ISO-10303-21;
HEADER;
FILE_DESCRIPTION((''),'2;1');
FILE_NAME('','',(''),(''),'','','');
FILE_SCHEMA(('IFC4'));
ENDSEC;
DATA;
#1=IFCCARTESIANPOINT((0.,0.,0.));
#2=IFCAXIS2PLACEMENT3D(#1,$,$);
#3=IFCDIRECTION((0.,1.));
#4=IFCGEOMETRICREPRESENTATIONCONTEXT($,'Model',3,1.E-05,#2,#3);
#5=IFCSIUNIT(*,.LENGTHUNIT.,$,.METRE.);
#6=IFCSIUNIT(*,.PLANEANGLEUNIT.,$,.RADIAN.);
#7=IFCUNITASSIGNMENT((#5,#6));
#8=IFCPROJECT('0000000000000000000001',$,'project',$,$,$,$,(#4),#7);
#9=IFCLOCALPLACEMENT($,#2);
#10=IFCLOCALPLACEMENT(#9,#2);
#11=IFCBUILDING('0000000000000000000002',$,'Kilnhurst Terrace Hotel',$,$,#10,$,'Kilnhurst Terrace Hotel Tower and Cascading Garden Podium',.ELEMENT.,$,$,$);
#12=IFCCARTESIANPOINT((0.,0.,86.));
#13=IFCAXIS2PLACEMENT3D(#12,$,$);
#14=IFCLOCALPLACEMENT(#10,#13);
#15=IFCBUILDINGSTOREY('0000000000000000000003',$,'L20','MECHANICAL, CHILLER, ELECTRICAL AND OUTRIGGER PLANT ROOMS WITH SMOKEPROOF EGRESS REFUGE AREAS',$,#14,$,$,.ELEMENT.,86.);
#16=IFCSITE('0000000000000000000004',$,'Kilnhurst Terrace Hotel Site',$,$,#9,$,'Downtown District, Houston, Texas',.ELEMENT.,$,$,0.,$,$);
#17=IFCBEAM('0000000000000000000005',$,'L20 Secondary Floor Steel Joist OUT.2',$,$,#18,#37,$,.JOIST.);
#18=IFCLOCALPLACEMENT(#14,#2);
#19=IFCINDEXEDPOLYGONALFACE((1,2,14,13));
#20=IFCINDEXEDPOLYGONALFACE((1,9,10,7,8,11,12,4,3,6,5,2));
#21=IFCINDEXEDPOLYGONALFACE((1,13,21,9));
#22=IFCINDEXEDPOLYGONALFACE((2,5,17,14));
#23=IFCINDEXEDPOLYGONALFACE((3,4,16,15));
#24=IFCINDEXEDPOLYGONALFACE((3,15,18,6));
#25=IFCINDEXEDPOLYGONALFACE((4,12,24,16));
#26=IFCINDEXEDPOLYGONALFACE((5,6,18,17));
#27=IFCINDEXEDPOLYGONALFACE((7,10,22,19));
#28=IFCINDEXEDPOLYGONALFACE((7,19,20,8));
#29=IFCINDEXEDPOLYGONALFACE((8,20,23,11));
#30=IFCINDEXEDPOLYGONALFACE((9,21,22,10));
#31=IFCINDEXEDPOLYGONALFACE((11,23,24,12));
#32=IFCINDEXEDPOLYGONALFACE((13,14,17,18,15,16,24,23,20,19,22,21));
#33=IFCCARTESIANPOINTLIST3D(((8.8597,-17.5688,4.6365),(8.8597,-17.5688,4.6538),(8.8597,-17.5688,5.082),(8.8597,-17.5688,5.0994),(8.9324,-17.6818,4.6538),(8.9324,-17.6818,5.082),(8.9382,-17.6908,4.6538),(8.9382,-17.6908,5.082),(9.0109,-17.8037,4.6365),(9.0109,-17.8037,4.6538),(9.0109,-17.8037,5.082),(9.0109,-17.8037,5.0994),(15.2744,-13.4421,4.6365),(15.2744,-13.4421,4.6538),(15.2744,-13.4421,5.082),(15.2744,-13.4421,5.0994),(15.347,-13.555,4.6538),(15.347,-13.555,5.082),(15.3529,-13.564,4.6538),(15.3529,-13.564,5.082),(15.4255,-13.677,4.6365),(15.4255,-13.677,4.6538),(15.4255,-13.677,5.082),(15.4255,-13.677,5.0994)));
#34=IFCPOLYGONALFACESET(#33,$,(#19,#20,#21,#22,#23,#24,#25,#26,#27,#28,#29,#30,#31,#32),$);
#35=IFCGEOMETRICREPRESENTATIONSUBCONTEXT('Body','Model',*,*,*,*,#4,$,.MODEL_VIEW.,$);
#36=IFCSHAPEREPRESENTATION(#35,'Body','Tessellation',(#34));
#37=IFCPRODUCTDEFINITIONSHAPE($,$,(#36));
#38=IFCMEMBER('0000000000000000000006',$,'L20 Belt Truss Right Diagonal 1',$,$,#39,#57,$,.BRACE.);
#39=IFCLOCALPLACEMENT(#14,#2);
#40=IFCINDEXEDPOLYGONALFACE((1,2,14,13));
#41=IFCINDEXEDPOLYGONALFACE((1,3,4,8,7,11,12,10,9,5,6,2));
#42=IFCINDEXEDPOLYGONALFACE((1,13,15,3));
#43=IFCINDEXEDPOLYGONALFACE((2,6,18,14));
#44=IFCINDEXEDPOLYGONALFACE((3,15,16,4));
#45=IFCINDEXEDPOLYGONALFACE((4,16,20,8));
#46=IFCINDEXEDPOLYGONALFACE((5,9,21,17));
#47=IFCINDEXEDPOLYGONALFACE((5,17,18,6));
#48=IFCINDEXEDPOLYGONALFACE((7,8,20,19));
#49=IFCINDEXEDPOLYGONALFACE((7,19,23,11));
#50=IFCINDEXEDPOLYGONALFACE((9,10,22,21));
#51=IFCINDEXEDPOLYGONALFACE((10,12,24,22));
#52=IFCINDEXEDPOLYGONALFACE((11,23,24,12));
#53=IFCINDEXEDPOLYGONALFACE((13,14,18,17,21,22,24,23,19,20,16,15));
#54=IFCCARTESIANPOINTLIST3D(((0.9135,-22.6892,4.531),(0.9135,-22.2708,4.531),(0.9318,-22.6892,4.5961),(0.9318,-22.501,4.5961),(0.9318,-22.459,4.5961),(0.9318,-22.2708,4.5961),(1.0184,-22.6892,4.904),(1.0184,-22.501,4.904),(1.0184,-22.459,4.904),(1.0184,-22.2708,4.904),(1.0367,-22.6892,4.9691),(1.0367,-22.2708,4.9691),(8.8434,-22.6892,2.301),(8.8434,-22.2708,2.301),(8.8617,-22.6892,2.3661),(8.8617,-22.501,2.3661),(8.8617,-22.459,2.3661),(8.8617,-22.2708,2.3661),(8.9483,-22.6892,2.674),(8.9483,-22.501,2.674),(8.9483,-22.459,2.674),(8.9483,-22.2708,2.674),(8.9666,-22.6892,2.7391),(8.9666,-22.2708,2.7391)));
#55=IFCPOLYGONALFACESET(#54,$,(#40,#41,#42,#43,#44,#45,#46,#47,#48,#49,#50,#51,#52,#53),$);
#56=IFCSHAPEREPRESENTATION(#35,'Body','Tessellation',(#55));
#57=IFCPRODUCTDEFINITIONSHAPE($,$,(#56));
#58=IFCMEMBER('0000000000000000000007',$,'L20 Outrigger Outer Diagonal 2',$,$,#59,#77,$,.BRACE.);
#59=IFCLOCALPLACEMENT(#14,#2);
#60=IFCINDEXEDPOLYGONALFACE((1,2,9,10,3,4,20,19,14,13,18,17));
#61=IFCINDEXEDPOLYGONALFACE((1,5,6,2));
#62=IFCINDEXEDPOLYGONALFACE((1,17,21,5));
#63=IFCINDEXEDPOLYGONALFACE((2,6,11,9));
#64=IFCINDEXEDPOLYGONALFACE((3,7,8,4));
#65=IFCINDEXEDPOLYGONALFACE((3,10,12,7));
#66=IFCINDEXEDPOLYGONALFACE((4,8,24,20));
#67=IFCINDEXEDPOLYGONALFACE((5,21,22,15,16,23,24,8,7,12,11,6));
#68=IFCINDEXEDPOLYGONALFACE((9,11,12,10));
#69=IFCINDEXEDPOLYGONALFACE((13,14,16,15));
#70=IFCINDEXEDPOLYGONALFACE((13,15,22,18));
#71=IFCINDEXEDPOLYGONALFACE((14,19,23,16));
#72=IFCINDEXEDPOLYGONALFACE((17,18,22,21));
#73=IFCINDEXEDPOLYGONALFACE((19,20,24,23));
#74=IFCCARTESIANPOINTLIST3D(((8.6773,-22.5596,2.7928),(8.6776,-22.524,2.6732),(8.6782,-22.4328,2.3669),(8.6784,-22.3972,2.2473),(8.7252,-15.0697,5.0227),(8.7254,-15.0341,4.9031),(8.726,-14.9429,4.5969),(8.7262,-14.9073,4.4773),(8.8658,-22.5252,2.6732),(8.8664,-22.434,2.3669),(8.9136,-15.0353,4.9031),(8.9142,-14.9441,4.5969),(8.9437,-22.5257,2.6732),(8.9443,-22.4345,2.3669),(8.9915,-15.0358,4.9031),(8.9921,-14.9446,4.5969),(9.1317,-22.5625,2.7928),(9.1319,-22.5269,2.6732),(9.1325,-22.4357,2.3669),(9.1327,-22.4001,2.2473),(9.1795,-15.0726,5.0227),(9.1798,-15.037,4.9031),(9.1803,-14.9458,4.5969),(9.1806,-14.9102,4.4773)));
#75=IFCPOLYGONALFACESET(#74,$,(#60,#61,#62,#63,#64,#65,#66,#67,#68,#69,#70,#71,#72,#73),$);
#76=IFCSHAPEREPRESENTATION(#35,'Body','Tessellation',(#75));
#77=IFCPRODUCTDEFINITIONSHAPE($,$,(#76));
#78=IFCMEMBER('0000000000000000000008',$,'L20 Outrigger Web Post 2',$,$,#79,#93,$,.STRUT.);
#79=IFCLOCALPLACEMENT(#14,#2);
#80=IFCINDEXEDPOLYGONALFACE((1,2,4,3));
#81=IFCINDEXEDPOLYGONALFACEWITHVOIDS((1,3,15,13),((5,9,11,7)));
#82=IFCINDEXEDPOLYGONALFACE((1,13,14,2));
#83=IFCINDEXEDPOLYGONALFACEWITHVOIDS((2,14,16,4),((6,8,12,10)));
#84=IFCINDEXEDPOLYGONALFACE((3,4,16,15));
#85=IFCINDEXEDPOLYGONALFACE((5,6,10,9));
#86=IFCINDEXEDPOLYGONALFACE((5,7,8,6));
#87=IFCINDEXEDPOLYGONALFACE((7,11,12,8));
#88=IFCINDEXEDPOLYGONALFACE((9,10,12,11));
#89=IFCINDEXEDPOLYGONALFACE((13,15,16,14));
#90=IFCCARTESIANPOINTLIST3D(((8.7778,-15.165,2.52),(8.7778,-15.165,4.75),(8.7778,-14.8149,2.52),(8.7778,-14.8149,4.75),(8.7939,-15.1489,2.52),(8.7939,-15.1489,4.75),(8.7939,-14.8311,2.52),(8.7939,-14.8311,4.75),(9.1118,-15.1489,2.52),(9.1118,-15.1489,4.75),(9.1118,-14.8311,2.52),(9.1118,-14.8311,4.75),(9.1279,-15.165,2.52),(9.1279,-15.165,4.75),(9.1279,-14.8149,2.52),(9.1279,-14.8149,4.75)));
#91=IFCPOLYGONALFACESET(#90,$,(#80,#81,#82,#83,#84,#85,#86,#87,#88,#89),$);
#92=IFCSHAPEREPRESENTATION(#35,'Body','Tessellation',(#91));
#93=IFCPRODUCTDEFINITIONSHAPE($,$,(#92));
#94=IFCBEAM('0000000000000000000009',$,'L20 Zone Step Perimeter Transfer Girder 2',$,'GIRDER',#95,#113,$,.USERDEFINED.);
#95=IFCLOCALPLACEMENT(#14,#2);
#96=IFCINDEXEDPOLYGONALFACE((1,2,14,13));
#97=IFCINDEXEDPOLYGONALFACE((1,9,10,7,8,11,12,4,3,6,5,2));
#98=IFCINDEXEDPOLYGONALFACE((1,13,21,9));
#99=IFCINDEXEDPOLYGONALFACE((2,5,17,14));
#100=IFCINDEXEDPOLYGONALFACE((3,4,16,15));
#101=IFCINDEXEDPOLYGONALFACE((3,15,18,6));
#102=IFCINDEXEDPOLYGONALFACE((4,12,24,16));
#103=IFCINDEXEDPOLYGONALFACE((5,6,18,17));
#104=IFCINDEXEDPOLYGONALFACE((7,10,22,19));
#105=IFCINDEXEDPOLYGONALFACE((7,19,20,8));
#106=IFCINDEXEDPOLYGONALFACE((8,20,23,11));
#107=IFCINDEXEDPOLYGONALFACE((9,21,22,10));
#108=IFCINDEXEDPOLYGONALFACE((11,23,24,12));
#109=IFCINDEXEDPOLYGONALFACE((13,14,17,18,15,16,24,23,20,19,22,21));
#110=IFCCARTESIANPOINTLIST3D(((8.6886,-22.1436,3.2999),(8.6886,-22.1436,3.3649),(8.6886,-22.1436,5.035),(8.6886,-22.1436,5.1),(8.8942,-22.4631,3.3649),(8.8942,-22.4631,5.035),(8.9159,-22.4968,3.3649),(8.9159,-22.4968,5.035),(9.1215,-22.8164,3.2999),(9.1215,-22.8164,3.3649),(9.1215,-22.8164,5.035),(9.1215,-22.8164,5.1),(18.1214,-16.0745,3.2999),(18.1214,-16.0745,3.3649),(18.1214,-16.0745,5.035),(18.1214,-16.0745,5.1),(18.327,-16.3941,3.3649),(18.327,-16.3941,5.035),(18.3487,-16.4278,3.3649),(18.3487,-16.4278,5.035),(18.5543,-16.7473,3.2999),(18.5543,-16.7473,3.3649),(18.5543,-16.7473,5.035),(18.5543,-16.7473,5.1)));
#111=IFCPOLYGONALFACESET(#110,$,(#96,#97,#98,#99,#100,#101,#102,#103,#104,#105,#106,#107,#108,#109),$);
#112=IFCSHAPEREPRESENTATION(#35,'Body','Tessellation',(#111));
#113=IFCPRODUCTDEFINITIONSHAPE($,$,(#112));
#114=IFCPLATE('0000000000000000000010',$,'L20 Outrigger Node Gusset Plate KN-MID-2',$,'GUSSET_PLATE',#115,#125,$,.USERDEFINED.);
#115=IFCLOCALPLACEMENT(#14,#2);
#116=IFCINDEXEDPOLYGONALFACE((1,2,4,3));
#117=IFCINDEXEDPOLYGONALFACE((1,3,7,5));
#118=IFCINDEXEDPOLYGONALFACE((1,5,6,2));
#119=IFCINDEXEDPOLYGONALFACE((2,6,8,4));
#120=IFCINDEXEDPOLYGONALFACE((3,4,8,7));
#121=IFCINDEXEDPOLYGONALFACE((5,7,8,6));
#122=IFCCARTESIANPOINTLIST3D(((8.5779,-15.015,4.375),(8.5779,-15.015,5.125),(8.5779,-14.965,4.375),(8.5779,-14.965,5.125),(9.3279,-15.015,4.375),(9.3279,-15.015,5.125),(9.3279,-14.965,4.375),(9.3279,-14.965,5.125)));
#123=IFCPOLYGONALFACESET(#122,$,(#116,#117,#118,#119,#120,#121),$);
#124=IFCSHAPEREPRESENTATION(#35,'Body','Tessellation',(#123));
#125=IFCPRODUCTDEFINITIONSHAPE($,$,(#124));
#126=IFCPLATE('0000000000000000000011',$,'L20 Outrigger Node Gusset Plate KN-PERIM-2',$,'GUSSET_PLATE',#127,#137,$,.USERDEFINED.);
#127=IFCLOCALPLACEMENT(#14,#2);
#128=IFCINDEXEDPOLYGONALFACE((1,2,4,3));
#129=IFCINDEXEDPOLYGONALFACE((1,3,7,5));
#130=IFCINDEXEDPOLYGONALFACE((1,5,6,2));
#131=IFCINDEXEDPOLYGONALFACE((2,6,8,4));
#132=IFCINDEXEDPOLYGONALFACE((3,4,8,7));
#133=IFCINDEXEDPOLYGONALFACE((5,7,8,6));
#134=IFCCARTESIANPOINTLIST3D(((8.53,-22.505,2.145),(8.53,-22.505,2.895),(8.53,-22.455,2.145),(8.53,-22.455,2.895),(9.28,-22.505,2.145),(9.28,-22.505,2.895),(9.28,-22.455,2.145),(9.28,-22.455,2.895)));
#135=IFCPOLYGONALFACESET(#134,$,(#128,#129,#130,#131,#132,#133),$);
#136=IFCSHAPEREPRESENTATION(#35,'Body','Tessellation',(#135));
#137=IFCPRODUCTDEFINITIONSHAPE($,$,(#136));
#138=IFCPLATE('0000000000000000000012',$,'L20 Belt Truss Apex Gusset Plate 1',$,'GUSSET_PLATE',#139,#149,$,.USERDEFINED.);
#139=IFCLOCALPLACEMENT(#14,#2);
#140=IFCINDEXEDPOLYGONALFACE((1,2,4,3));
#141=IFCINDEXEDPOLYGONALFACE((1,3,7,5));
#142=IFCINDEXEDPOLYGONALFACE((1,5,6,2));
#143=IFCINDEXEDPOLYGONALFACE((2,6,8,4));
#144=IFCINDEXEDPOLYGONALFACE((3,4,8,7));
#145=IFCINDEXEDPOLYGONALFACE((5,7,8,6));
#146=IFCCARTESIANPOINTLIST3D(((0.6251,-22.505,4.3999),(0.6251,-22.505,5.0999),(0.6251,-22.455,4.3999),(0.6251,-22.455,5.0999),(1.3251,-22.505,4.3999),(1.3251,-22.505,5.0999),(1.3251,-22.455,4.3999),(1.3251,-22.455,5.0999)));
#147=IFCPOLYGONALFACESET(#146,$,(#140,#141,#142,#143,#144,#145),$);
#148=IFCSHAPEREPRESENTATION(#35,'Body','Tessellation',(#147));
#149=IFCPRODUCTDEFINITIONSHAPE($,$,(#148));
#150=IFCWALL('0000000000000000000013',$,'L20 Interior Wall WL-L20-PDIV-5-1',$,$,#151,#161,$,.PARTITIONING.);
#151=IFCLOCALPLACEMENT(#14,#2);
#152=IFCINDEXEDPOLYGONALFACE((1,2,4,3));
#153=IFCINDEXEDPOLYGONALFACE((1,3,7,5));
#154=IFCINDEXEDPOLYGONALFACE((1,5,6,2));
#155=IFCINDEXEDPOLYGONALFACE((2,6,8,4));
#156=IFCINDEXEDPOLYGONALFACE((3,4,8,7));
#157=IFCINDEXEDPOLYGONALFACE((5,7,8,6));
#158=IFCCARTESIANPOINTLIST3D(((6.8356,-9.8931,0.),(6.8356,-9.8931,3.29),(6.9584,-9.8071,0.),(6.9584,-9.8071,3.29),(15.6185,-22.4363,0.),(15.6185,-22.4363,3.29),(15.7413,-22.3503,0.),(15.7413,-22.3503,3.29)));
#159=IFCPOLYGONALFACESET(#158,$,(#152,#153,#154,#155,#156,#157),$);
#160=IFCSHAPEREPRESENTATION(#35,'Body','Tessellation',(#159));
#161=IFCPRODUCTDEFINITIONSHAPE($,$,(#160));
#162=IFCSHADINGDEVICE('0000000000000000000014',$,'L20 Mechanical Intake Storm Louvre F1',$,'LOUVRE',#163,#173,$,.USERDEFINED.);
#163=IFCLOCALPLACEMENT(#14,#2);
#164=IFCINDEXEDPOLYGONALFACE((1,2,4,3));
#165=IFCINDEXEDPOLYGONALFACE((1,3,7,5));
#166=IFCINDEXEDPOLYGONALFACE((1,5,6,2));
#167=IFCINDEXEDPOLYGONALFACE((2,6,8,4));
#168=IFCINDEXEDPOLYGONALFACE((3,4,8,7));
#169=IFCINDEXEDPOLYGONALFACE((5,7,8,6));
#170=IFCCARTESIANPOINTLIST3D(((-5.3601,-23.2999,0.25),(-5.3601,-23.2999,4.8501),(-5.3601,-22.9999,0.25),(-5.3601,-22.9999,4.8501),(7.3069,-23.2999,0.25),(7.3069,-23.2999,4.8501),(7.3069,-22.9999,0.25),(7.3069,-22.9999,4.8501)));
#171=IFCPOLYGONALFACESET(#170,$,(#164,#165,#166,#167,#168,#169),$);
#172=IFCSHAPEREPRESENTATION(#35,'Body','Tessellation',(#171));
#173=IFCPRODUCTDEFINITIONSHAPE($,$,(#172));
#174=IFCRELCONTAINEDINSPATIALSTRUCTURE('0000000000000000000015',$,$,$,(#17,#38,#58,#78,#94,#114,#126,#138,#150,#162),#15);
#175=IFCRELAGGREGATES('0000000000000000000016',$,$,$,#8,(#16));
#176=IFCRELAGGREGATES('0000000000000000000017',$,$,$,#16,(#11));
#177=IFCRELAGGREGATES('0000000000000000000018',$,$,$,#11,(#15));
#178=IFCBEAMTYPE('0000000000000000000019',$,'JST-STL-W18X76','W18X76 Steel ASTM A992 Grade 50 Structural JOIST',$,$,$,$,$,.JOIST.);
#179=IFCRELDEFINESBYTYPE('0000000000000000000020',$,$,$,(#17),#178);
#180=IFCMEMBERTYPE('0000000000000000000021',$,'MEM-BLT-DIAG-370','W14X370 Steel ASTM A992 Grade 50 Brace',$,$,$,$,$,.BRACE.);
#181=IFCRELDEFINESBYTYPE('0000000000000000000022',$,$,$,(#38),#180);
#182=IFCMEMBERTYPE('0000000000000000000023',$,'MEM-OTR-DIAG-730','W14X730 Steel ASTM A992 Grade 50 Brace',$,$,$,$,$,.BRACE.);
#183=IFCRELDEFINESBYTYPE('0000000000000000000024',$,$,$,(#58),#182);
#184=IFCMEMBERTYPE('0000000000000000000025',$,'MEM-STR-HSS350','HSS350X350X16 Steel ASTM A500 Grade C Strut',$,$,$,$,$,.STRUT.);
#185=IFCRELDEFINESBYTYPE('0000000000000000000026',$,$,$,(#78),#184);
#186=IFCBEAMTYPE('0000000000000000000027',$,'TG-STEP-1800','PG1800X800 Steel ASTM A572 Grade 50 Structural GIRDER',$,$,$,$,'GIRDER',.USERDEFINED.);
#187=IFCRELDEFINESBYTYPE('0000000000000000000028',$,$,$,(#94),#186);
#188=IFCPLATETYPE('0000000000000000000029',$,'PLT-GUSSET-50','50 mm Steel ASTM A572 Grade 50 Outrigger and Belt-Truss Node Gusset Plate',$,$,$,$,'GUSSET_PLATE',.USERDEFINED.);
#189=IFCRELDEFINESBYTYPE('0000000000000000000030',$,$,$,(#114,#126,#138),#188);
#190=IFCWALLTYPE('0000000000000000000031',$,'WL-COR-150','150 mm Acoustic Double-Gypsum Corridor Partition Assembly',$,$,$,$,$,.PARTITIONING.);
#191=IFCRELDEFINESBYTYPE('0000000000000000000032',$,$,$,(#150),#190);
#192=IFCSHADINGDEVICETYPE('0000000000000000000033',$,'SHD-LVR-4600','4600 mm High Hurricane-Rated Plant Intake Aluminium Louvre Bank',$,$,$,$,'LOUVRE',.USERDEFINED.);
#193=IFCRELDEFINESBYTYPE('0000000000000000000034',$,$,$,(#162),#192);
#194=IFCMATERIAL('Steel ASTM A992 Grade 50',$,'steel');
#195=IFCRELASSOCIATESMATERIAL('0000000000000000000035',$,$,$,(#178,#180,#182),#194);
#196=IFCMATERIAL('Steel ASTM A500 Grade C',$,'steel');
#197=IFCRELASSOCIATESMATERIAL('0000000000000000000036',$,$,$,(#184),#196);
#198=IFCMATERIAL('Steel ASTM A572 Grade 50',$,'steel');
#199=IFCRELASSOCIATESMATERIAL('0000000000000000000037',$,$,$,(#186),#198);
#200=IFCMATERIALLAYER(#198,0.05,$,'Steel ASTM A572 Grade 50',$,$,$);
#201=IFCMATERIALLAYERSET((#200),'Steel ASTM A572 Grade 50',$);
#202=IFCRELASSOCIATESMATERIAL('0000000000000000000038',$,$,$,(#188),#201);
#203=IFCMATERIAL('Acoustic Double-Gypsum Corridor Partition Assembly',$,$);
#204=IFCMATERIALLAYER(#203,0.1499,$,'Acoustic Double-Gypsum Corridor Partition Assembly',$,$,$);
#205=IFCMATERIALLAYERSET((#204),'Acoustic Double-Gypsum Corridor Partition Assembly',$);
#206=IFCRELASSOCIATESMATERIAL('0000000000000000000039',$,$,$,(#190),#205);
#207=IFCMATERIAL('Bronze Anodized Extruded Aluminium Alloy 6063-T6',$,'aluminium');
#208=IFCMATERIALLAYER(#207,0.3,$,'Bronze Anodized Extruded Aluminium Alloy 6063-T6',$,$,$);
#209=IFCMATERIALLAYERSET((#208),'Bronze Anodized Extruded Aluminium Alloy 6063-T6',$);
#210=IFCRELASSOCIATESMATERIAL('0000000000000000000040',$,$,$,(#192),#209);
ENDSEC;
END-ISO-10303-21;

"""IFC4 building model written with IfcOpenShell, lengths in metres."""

from ifc_helpers import new_model, si_unit, direction, frame, frame_2d, origin, origin_2d, place, context, subcontext, project, spatial, rectangle, hollow_rectangle, i_section, extrude, material, layer, layer_set, material_profile, profile_set, type_object, element, save


model = new_model("IFC4")

# Units and contexts
model_context = context("Model", 3, precision=1e-05, world=origin(), true_north=direction((0.0, 1.0)))
body_context = subcontext(model_context, "Body", "Model", "MODEL_VIEW")
ifc_project = project(units=[si_unit("LENGTHUNIT", "METRE"), si_unit("PLANEANGLEUNIT", "RADIAN")], contexts=[model_context])

# Site, building, storey
site_placement = place(None, origin())
site = spatial("IfcSite", under=ifc_project, at=site_placement, Name="Kilnhurst Terrace Hotel Site", LongName="Downtown District, Houston, Texas", CompositionType="ELEMENT", RefElevation=0.0)
building_placement = place(site_placement, origin())
building = spatial("IfcBuilding", under=site, at=building_placement, Name="Kilnhurst Terrace Hotel", LongName="Kilnhurst Terrace Hotel Tower and Cascading Garden Podium", CompositionType="ELEMENT")
storey_placement = place(building_placement, frame((0.0, 0.0, 86.0)))
storey = spatial("IfcBuildingStorey", under=building, at=storey_placement, Name="L20", Description="MECHANICAL, CHILLER, ELECTRICAL AND OUTRIGGER PLANT ROOMS WITH SMOKEPROOF EGRESS REFUGE AREAS", CompositionType="ELEMENT", Elevation=86.0)

# Shared definitions
ifc_material_1 = material(Name="Steel ASTM A992 Grade 50", Category="steel")

# Beam
ifc_material_profile_1 = material_profile(ifc_material_1, i_section(OverallWidth=0.2793, OverallDepth=0.4629, WebThickness=0.0107, FlangeThickness=0.0173, at=origin_2d()), Name="W18X76")
ifc_profile_set_1 = profile_set([ifc_material_profile_1], Name="Steel ASTM A992 Grade 50")
beam_type_1 = type_object("IfcBeamType", Name="JST-STL-W18X76", Description="W18X76 Steel ASTM A992 Grade 50 Structural JOIST", PredefinedType="JOIST", material=ifc_profile_set_1)
beam_1_placement = place(storey_placement, frame((8.9353, -17.6863, 4.8679), z_axis=(0.840995, 0.541042, 0.0), x_axis=(-0.541042, 0.840995, 0.0)))
element("IfcBeam", 1, at=beam_1_placement, inside=storey, type_object=beam_type_1, Name="L20 Secondary Floor Steel Joist OUT.2", PredefinedType="JOIST", context=body_context, shape_type="SweptSolid", body=[
    extrude(i_section(OverallWidth=0.2793, OverallDepth=0.4629, WebThickness=0.0107, FlangeThickness=0.0173, at=origin_2d()), origin(), (0.0, 0.0, 1.0), 7.6274),
])

# Members
ifc_material_profile_2 = material_profile(ifc_material_1, i_section(OverallWidth=0.4185, OverallDepth=0.4551, WebThickness=0.042, FlangeThickness=0.0676, at=origin_2d()), Name="W14X370")
ifc_profile_set_2 = profile_set([ifc_material_profile_2], Name="Steel ASTM A992 Grade 50")
member_type_1 = type_object("IfcMemberType", Name="MEM-BLT-DIAG-370", Description="W14X370 Steel ASTM A992 Grade 50 Brace", PredefinedType="BRACE", material=ifc_profile_set_2)
member_1_placement = place(storey_placement, frame((8.905, -22.48, 2.52), z_axis=(-0.962661, 0.0, 0.27071), x_axis=(0.0, -1.0, 0.0)))
element("IfcMember", 2, at=member_1_placement, inside=storey, type_object=member_type_1, Name="L20 Belt Truss Right Diagonal 1", PredefinedType="BRACE", context=body_context, shape_type="SweptSolid", body=[
    extrude(i_section(OverallWidth=0.4185, OverallDepth=0.4551, WebThickness=0.042, FlangeThickness=0.0676, at=origin_2d()), origin(), (0.0, 0.0, 1.0), 8.2375),
])
ifc_material_profile_3 = material_profile(ifc_material_1, i_section(OverallWidth=0.4543, OverallDepth=0.5691, WebThickness=0.0779, FlangeThickness=0.1248, at=origin_2d()), Name="W14X730")
ifc_profile_set_3 = profile_set([ifc_material_profile_3], Name="Steel ASTM A992 Grade 50")
member_type_2 = type_object("IfcMemberType", Name="MEM-OTR-DIAG-730", Description="W14X730 Steel ASTM A992 Grade 50 Brace", PredefinedType="BRACE", material=ifc_profile_set_3)
member_2_placement = place(storey_placement, frame((8.9529, -14.99, 4.75), z_axis=(-0.006123, -0.958406, -0.285344), x_axis=(0.99998, -0.006389, 0.0)))
element("IfcMember", 3, at=member_2_placement, inside=storey, type_object=member_type_2, Name="L20 Outrigger Outer Diagonal 2", PredefinedType="BRACE", context=body_context, shape_type="SweptSolid", body=[
    extrude(i_section(OverallWidth=0.4543, OverallDepth=0.5691, WebThickness=0.0779, FlangeThickness=0.1248, at=origin_2d()), origin(), (0.0, 0.0, 1.0), 7.8149),
])
ifc_material_2 = material(Name="Steel ASTM A500 Grade C", Category="steel")
ifc_material_profile_4 = material_profile(ifc_material_2, hollow_rectangle(XDim=0.3501, YDim=0.3501, WallThickness=0.0161, at=origin_2d()), Name="HSS350X350X16")
ifc_profile_set_4 = profile_set([ifc_material_profile_4], Name="Steel ASTM A500 Grade C")
member_type_3 = type_object("IfcMemberType", Name="MEM-STR-HSS350", Description="HSS350X350X16 Steel ASTM A500 Grade C Strut", PredefinedType="STRUT", material=ifc_profile_set_4)
member_3_placement = place(storey_placement, frame((8.9529, -14.99, 2.52), z_axis=(0.0, 0.0, 1.0), x_axis=(1.0, 0.0, 0.0)))
element("IfcMember", 4, at=member_3_placement, inside=storey, type_object=member_type_3, Name="L20 Outrigger Web Post 2", PredefinedType="STRUT", context=body_context, shape_type="SweptSolid", body=[
    extrude(hollow_rectangle(XDim=0.3501, YDim=0.3501, WallThickness=0.0161, at=origin_2d()), origin(), (0.0, 0.0, 1.0), 2.23),
])

# Beam
ifc_material_3 = material(Name="Steel ASTM A572 Grade 50", Category="steel")
ifc_material_profile_5 = material_profile(ifc_material_3, i_section(OverallWidth=0.8, OverallDepth=1.8, WebThickness=0.04, FlangeThickness=0.0649, at=origin_2d()), Name="PG1800X800")
ifc_profile_set_5 = profile_set([ifc_material_profile_5], Name="Steel ASTM A572 Grade 50")
beam_type_2 = type_object("IfcBeamType", Name="TG-STEP-1800", Description="PG1800X800 Steel ASTM A572 Grade 50 Structural GIRDER", ElementType="GIRDER", PredefinedType="USERDEFINED", material=ifc_profile_set_5)
beam_2_placement = place(storey_placement, frame((8.905, -22.48, 4.2), z_axis=(0.840971, 0.54108, 0.0), x_axis=(-0.54108, 0.840971, 0.0)))
element("IfcBeam", 5, at=beam_2_placement, inside=storey, type_object=beam_type_2, Name="L20 Zone Step Perimeter Transfer Girder 2", ObjectType="GIRDER", PredefinedType="USERDEFINED", context=body_context, shape_type="SweptSolid", body=[
    extrude(i_section(OverallWidth=0.8, OverallDepth=1.8, WebThickness=0.04, FlangeThickness=0.0649, at=origin_2d()), origin(), (0.0, 0.0, 1.0), 11.2166),
])

# Plates
ifc_layer_1 = layer(ifc_material_3, 0.05, Name="Steel ASTM A572 Grade 50")
ifc_layer_set_1 = layer_set([ifc_layer_1], Name="Steel ASTM A572 Grade 50")
plate_type = type_object("IfcPlateType", Name="PLT-GUSSET-50", Description="50 mm Steel ASTM A572 Grade 50 Outrigger and Belt-Truss Node Gusset Plate", ElementType="GUSSET_PLATE", PredefinedType="USERDEFINED", material=ifc_layer_set_1)
for number, where, z_axis, x_axis, name in (
    (6, (8.9529, -14.99, 4.375), (0.0, 0.0, 1.0), (1.0, 0.0, 0.0), "L20 Outrigger Node Gusset Plate KN-MID-2"),
    (7, (8.905, -22.48, 2.145), (0.0, 0.0, 1.0), (1.0, 0.0, 0.0), "L20 Outrigger Node Gusset Plate KN-PERIM-2"),
):
    element("IfcPlate", number, at=place(storey_placement, frame(where, z_axis=z_axis, x_axis=x_axis)), inside=storey, type_object=plate_type, Name=name, ObjectType="GUSSET_PLATE", PredefinedType="USERDEFINED", context=body_context, shape_type="SweptSolid", body=[
        extrude(rectangle(XDim=0.75, YDim=0.05, at=origin_2d()), origin(), (0.0, 0.0, 1.0), 0.75),
    ])
plate_placement = place(storey_placement, frame((0.9751, -22.48, 4.3999), z_axis=(0.0, 0.0, 1.0), x_axis=(1.0, 0.0, 0.0)))
element("IfcPlate", 8, at=plate_placement, inside=storey, type_object=plate_type, Name="L20 Belt Truss Apex Gusset Plate 1", ObjectType="GUSSET_PLATE", PredefinedType="USERDEFINED", context=body_context, shape_type="SweptSolid", body=[
    extrude(rectangle(XDim=0.7, YDim=0.05, at=origin_2d()), origin(), (0.0, 0.0, 1.0), 0.7),
])

# Wall
ifc_material_4 = material(Name="Acoustic Double-Gypsum Corridor Partition Assembly")
ifc_layer_2 = layer(ifc_material_4, 0.1499, Name="Acoustic Double-Gypsum Corridor Partition Assembly")
ifc_layer_set_2 = layer_set([ifc_layer_2], Name="Acoustic Double-Gypsum Corridor Partition Assembly")
wall_type = type_object("IfcWallType", Name="WL-COR-150", Description="150 mm Acoustic Double-Gypsum Corridor Partition Assembly", PredefinedType="PARTITIONING", material=ifc_layer_set_2)
wall_placement = place(storey_placement, frame((6.897, -9.8501, 0.0), z_axis=(0.0, 0.0, 1.0), x_axis=(0.573581, -0.819149, 0.0)))
element("IfcWall", 9, at=wall_placement, inside=storey, type_object=wall_type, Name="L20 Interior Wall WL-L20-PDIV-5-1", PredefinedType="PARTITIONING", context=body_context, shape_type="SweptSolid", body=[
    extrude(rectangle(XDim=15.3125, YDim=0.1499, at=frame_2d((7.6562, 0.0))), origin(), (0.0, 0.0, 1.0), 3.29),
])

# Shading device
ifc_material_5 = material(Name="Bronze Anodized Extruded Aluminium Alloy 6063-T6", Category="aluminium")
ifc_layer_3 = layer(ifc_material_5, 0.3, Name="Bronze Anodized Extruded Aluminium Alloy 6063-T6")
ifc_layer_set_3 = layer_set([ifc_layer_3], Name="Bronze Anodized Extruded Aluminium Alloy 6063-T6")
shading_device_type = type_object("IfcShadingDeviceType", Name="SHD-LVR-4600", Description="4600 mm High Hurricane-Rated Plant Intake Aluminium Louvre Bank", ElementType="LOUVRE", PredefinedType="USERDEFINED", material=ifc_layer_set_3)
shading_device_placement = place(storey_placement, frame((0.9734, -23.1499, 0.25), z_axis=(0.0, 0.0, 1.0), x_axis=(1.0, 0.0, 0.0)))
element("IfcShadingDevice", 10, at=shading_device_placement, inside=storey, type_object=shading_device_type, Name="L20 Mechanical Intake Storm Louvre F1", ObjectType="LOUVRE", PredefinedType="USERDEFINED", context=body_context, shape_type="SweptSolid", body=[
    extrude(rectangle(XDim=12.667, YDim=0.3, at=origin_2d()), origin(), (0.0, 0.0, 1.0), 4.6001),
])

save(model, "model.ifc")
